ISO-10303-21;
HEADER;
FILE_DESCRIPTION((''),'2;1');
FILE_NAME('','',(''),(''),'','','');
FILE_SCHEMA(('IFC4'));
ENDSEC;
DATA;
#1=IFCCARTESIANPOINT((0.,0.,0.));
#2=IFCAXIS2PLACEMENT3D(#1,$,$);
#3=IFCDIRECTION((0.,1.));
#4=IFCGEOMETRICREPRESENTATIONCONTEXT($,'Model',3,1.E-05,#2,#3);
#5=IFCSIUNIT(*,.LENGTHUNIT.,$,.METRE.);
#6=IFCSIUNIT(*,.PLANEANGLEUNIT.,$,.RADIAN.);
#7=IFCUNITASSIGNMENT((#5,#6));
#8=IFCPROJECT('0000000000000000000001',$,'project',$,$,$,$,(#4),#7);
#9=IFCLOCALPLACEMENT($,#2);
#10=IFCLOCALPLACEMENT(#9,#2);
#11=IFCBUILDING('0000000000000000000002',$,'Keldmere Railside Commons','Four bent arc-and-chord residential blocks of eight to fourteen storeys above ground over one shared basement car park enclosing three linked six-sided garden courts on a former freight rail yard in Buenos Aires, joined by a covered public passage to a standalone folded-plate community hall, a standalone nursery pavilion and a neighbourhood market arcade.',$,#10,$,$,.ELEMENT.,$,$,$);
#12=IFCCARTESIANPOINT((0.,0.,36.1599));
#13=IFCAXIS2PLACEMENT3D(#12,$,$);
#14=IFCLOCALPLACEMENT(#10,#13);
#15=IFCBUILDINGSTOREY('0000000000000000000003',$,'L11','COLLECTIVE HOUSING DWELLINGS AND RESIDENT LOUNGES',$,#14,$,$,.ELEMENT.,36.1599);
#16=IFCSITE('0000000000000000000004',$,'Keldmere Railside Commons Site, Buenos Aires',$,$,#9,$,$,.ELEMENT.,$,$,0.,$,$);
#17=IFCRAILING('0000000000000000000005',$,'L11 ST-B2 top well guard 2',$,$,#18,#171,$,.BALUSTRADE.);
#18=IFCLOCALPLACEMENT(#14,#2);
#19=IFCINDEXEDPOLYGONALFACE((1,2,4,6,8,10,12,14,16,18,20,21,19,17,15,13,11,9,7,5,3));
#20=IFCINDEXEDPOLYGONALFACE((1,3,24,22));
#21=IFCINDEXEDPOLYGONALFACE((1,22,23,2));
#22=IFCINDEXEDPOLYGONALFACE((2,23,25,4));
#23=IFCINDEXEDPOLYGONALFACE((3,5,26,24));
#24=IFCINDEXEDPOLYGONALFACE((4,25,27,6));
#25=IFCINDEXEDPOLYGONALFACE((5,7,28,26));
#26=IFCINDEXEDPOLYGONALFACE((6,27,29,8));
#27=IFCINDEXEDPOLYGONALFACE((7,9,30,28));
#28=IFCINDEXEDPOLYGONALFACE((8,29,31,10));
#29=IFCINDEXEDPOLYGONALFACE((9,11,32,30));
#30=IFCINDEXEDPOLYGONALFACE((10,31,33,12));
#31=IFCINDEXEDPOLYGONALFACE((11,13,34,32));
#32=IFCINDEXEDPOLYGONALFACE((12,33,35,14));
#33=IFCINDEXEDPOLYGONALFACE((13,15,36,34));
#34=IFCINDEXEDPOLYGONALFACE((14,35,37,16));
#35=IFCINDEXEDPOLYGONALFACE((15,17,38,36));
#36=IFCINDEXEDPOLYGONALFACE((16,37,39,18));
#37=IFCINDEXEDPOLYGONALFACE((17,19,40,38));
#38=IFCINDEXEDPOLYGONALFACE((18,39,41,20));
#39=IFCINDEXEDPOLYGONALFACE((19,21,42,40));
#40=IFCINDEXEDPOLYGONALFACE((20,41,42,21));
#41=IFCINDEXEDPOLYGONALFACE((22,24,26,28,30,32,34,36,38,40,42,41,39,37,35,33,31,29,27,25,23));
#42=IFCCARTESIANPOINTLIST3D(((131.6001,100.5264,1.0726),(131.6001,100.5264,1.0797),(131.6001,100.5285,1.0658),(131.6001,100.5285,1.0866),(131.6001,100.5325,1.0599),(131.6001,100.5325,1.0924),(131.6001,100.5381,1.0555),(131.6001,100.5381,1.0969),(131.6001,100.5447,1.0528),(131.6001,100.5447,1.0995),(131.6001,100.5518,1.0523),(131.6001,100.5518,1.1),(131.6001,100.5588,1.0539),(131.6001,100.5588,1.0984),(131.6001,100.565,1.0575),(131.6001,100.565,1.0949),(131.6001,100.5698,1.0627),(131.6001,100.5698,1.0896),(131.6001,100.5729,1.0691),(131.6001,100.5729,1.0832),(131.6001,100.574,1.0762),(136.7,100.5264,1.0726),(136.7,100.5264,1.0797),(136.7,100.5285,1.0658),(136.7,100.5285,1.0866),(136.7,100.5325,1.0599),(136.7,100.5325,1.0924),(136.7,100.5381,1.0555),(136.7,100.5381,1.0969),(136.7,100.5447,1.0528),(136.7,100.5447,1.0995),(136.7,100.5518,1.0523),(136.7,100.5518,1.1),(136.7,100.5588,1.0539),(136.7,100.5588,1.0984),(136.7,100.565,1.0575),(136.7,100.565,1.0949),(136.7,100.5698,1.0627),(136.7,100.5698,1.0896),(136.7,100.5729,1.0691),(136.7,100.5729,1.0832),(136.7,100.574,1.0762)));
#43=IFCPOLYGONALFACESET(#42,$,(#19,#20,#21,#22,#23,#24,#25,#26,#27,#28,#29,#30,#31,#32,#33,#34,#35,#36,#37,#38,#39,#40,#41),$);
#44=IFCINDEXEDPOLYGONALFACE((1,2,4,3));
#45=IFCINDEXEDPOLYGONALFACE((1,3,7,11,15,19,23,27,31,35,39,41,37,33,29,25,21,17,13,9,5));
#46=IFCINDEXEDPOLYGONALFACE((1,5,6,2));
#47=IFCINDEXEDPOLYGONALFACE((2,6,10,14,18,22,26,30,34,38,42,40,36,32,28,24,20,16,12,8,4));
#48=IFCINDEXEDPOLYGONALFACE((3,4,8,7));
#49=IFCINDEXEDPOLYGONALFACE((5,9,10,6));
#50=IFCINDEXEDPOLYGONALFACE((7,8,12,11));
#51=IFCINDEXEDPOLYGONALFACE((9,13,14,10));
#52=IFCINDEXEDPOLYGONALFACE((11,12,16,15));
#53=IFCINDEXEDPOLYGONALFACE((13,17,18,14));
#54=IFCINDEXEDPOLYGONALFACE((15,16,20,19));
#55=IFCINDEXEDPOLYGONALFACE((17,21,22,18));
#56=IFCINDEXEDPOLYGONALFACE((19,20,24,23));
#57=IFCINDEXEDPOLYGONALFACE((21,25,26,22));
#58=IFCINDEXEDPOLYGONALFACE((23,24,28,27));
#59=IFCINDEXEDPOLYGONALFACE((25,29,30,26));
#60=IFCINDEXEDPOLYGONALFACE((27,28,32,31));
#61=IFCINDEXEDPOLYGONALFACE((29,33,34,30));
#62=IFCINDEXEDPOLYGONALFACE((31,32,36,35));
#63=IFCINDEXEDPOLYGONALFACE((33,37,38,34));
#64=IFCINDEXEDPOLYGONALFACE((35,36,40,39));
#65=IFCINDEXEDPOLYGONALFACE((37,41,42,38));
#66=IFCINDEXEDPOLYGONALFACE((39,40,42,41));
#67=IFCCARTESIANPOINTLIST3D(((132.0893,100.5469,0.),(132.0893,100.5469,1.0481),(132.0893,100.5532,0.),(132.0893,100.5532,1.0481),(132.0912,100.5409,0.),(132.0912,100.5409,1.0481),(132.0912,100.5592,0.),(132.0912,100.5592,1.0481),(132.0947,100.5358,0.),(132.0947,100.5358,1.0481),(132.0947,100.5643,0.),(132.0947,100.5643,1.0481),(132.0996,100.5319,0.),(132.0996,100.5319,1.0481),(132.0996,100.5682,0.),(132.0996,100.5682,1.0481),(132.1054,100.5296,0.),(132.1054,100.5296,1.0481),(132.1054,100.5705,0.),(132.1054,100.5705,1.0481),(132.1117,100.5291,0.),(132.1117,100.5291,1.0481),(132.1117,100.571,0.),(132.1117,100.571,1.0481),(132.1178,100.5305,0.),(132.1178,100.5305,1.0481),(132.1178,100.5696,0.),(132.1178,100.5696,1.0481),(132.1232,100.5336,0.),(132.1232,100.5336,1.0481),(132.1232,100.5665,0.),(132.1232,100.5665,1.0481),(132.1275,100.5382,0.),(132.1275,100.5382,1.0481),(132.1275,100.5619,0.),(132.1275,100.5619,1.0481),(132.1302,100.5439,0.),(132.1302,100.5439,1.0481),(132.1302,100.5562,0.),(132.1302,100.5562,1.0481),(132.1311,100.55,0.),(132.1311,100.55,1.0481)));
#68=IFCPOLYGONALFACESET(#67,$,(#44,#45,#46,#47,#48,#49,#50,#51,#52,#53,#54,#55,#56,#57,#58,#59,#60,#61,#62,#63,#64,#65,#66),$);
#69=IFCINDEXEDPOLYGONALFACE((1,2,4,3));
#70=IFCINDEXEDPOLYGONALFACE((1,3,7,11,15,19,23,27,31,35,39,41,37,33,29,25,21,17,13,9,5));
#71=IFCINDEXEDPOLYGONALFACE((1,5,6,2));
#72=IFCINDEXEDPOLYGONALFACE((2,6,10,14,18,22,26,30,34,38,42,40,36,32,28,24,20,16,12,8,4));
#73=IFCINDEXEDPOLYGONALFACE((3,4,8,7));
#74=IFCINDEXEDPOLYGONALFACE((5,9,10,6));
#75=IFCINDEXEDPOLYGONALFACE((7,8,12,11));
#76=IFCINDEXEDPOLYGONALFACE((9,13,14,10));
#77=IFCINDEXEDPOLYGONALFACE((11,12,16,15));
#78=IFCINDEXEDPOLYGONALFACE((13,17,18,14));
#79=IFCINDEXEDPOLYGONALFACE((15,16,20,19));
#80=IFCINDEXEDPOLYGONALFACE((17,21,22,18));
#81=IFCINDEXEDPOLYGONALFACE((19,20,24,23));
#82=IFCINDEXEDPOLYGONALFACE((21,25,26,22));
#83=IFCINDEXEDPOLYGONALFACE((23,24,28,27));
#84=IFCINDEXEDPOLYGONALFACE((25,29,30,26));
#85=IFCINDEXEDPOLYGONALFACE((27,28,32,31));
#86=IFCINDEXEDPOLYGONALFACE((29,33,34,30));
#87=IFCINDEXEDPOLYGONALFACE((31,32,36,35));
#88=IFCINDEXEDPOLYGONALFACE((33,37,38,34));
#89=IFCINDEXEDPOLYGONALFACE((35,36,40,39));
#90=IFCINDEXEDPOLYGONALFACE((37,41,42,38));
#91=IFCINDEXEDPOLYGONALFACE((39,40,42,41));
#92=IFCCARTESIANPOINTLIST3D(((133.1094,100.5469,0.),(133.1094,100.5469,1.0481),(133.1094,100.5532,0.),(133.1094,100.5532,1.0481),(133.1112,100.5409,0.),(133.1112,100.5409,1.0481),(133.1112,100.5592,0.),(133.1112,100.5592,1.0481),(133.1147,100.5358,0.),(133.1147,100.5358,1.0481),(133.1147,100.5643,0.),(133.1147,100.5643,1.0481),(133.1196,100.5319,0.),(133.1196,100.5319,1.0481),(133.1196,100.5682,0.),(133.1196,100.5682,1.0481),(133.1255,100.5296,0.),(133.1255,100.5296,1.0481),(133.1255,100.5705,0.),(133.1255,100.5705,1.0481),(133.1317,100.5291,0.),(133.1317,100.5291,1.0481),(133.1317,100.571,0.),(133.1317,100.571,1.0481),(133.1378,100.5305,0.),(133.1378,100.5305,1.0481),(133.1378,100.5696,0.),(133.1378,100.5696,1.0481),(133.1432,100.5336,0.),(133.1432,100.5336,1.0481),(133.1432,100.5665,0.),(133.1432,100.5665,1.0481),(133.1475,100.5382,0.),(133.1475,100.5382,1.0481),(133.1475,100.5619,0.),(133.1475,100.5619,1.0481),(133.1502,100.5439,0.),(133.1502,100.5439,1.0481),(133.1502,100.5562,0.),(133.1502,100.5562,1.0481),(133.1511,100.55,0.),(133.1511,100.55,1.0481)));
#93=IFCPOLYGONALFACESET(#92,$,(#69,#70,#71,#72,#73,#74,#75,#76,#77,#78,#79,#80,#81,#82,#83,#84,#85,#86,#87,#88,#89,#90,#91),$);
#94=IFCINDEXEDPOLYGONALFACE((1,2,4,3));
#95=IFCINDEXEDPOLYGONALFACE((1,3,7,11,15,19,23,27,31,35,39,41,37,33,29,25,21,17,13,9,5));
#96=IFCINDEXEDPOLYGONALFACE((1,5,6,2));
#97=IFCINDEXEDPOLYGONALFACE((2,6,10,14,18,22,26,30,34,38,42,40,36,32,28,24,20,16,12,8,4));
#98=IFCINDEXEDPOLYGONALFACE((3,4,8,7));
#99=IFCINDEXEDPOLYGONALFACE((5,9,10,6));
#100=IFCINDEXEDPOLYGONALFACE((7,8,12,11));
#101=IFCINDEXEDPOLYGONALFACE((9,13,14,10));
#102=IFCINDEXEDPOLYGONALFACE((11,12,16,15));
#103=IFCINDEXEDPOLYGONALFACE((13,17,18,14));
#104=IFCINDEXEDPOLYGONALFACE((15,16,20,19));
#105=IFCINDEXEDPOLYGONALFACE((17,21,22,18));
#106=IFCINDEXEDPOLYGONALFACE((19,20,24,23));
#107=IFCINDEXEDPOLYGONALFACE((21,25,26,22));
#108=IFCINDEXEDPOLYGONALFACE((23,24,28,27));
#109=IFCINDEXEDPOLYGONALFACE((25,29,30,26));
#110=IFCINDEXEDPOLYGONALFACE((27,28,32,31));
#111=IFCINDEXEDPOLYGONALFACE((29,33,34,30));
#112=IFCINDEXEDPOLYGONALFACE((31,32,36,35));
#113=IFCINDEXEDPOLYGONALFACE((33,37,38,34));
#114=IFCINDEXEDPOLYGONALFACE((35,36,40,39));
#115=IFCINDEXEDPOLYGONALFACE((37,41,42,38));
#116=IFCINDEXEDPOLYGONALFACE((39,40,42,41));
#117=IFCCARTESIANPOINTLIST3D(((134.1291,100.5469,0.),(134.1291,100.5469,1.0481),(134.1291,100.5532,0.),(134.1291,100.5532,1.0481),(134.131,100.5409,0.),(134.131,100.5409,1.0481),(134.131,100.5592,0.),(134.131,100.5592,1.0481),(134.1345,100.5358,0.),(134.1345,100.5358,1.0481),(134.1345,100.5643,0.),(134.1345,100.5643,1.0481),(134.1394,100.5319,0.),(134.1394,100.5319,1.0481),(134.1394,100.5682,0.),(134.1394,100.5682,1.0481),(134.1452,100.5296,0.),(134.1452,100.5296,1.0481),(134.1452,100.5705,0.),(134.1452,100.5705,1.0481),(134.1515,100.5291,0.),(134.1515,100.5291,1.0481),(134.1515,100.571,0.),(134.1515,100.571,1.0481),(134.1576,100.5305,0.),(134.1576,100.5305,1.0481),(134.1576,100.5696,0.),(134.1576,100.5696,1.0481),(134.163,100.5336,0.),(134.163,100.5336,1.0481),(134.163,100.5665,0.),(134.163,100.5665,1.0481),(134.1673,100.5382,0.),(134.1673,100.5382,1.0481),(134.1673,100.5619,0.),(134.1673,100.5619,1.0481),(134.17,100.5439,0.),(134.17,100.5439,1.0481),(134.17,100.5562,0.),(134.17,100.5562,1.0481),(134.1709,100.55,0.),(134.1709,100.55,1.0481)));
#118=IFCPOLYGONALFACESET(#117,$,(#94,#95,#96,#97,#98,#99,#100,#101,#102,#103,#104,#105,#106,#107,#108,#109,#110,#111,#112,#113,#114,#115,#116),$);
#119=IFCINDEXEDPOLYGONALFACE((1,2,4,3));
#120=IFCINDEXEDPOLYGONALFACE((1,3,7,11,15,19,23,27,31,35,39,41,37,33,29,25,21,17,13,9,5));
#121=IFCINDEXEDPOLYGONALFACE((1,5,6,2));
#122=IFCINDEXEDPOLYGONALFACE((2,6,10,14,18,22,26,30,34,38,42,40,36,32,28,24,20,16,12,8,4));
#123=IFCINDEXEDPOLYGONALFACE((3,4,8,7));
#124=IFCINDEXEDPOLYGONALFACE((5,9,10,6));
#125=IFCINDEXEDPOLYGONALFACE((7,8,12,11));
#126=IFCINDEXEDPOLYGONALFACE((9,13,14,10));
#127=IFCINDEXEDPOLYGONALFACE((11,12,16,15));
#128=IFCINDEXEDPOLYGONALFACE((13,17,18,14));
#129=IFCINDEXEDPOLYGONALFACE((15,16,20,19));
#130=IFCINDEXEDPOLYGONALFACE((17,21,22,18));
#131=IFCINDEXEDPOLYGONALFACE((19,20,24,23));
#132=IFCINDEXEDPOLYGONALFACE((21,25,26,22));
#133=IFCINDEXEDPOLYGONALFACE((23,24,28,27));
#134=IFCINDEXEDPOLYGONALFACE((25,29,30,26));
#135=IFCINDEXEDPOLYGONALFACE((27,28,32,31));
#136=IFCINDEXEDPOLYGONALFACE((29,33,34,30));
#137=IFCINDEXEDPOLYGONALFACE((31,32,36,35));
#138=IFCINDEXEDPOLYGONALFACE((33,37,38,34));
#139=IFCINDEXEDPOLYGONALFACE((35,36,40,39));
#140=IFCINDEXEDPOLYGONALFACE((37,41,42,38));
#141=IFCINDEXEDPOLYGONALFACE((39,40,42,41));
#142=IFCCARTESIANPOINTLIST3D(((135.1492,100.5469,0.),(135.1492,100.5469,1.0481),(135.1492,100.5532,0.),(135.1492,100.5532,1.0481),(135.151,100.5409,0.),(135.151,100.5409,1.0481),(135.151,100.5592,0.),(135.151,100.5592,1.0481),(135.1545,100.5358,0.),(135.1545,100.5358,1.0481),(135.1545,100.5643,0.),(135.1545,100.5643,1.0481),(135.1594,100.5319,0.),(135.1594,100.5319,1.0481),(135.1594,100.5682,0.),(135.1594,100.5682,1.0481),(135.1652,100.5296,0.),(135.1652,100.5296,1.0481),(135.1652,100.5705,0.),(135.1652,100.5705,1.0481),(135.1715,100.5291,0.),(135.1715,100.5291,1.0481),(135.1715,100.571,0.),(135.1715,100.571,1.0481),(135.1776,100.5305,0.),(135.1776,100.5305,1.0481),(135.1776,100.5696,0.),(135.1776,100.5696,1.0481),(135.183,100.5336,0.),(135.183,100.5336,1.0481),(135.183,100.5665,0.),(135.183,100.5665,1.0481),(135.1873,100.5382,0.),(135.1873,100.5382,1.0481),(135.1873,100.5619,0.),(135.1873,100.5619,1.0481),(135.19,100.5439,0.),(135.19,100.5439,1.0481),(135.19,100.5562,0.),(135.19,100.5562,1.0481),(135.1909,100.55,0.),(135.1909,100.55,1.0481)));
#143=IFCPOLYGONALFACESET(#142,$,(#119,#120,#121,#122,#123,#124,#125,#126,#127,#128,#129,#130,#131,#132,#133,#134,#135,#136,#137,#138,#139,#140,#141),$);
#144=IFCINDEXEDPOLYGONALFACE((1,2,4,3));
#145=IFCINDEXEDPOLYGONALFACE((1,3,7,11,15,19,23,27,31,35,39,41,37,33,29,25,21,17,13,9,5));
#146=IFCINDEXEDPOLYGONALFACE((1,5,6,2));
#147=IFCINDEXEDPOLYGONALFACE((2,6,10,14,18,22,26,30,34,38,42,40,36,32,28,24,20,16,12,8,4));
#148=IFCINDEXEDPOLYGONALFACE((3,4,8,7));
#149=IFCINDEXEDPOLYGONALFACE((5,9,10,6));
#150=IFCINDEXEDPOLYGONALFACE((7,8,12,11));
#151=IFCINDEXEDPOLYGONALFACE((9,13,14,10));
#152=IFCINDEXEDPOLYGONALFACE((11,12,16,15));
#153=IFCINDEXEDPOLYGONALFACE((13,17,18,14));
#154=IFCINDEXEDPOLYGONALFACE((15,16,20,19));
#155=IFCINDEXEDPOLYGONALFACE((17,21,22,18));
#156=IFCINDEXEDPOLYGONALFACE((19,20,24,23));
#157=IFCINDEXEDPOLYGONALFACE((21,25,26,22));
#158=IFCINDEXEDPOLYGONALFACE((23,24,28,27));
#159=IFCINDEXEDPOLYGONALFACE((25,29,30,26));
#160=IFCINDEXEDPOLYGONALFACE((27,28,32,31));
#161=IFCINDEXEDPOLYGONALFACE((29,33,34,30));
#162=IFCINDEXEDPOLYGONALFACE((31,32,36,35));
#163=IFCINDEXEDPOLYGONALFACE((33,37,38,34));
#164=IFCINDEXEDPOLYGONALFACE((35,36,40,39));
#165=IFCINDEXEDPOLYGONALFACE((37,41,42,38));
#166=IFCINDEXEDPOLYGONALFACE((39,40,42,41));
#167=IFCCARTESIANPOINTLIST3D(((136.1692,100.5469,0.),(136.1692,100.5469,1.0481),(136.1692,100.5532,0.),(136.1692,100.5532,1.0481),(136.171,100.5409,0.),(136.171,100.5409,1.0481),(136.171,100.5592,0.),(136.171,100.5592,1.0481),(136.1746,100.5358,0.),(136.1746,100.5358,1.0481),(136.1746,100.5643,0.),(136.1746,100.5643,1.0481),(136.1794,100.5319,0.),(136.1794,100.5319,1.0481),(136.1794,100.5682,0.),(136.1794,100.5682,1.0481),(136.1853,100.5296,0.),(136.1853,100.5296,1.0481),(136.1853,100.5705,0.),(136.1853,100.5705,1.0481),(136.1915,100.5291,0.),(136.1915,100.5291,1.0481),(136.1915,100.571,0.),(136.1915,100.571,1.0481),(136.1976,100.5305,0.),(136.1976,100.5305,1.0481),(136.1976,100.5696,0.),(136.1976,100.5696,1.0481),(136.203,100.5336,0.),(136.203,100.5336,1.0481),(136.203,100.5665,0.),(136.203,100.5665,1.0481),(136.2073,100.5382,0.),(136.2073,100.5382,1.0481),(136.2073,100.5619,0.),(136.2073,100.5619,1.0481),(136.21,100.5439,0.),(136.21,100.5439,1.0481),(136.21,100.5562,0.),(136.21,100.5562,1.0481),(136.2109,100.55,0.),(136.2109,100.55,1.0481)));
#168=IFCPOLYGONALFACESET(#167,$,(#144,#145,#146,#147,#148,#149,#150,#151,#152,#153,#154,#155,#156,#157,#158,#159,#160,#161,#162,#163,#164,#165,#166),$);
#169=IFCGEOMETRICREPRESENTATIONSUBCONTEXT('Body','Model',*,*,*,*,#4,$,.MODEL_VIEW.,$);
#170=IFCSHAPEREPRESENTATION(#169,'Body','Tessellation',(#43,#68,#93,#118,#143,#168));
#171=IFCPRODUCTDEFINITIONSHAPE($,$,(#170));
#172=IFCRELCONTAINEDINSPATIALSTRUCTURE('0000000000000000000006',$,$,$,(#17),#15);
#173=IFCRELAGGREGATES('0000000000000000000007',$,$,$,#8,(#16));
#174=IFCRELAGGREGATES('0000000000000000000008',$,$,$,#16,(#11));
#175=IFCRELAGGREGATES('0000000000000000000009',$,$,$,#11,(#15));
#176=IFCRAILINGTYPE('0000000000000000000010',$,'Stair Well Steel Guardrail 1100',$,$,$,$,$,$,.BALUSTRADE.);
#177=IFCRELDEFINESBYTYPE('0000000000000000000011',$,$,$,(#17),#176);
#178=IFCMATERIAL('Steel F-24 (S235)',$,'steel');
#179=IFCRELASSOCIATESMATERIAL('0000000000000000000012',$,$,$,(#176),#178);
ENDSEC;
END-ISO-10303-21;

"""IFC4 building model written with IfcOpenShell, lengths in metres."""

from ifc_helpers import new_model, si_unit, direction, frame, origin, origin_2d, place, context, subcontext, project, spatial, circle, extrude, material, type_object, element, save


model = new_model("IFC4")

# Units and contexts
model_context = context("Model", 3, precision=1e-05, world=origin(), true_north=direction((0.0, 1.0)))
body_context = subcontext(model_context, "Body", "Model", "MODEL_VIEW")
ifc_project = project(units=[si_unit("LENGTHUNIT", "METRE"), si_unit("PLANEANGLEUNIT", "RADIAN")], contexts=[model_context])

# Site, building, storey
site_placement = place(None, origin())
site = spatial("IfcSite", under=ifc_project, at=site_placement, Name="Keldmere Railside Commons Site, Buenos Aires", CompositionType="ELEMENT", RefElevation=0.0)
building_placement = place(site_placement, origin())
building = spatial("IfcBuilding", under=site, at=building_placement, Name="Keldmere Railside Commons", Description="Four bent arc-and-chord residential blocks of eight to fourteen storeys above ground over one shared basement car park enclosing three linked six-sided garden courts on a former freight rail yard in Buenos Aires, joined by a covered public passage to a standalone folded-plate community hall, a standalone nursery pavilion and a neighbourhood market arcade.", CompositionType="ELEMENT")
storey_placement = place(building_placement, frame((0.0, 0.0, 36.1599)))
storey = spatial("IfcBuildingStorey", under=building, at=storey_placement, Name="L11", Description="COLLECTIVE HOUSING DWELLINGS AND RESIDENT LOUNGES", CompositionType="ELEMENT", Elevation=36.1599)

# Shared definitions
ifc_material_1 = material(Name="Steel F-24 (S235)", Category="steel")

# Railing
railing_type_1 = type_object("IfcRailingType", Name="Stair Well Steel Guardrail 1100", PredefinedType="BALUSTRADE", material=ifc_material_1)
for number, where, name in (
    (1, (131.6001, 100.55, 0.0), "L11 ST-B2 top well guard 2"),
):
    element("IfcRailing", number, at=place(storey_placement, frame(where)), inside=storey, type_object=railing_type_1, Name=name, PredefinedType="BALUSTRADE", context=body_context, shape_type="SweptSolid", body=[
        extrude(circle(Radius=0.0239, at=origin_2d()), frame((0.0, 0.0, 1.0762), z_axis=(1.0, 0.0, 0.0), x_axis=(0.0, 1.0, 0.0)), (0.0, 0.0, 1.0), 5.0999),
        extrude(circle(Radius=0.021, at=origin_2d()), frame((0.51, 0.0, 0.0)), (0.0, 0.0, 1.0), 1.0481),
        extrude(circle(Radius=0.021, at=origin_2d()), frame((1.53, 0.0, 0.0)), (0.0, 0.0, 1.0), 1.0481),
        extrude(circle(Radius=0.021, at=origin_2d()), frame((2.5498, 0.0, 0.0)), (0.0, 0.0, 1.0), 1.0481),
        extrude(circle(Radius=0.021, at=origin_2d()), frame((3.5698, 0.0, 0.0)), (0.0, 0.0, 1.0), 1.0481),
        extrude(circle(Radius=0.021, at=origin_2d()), frame((4.5898, 0.0, 0.0)), (0.0, 0.0, 1.0), 1.0481),
    ])

save(model, "model.ifc")
